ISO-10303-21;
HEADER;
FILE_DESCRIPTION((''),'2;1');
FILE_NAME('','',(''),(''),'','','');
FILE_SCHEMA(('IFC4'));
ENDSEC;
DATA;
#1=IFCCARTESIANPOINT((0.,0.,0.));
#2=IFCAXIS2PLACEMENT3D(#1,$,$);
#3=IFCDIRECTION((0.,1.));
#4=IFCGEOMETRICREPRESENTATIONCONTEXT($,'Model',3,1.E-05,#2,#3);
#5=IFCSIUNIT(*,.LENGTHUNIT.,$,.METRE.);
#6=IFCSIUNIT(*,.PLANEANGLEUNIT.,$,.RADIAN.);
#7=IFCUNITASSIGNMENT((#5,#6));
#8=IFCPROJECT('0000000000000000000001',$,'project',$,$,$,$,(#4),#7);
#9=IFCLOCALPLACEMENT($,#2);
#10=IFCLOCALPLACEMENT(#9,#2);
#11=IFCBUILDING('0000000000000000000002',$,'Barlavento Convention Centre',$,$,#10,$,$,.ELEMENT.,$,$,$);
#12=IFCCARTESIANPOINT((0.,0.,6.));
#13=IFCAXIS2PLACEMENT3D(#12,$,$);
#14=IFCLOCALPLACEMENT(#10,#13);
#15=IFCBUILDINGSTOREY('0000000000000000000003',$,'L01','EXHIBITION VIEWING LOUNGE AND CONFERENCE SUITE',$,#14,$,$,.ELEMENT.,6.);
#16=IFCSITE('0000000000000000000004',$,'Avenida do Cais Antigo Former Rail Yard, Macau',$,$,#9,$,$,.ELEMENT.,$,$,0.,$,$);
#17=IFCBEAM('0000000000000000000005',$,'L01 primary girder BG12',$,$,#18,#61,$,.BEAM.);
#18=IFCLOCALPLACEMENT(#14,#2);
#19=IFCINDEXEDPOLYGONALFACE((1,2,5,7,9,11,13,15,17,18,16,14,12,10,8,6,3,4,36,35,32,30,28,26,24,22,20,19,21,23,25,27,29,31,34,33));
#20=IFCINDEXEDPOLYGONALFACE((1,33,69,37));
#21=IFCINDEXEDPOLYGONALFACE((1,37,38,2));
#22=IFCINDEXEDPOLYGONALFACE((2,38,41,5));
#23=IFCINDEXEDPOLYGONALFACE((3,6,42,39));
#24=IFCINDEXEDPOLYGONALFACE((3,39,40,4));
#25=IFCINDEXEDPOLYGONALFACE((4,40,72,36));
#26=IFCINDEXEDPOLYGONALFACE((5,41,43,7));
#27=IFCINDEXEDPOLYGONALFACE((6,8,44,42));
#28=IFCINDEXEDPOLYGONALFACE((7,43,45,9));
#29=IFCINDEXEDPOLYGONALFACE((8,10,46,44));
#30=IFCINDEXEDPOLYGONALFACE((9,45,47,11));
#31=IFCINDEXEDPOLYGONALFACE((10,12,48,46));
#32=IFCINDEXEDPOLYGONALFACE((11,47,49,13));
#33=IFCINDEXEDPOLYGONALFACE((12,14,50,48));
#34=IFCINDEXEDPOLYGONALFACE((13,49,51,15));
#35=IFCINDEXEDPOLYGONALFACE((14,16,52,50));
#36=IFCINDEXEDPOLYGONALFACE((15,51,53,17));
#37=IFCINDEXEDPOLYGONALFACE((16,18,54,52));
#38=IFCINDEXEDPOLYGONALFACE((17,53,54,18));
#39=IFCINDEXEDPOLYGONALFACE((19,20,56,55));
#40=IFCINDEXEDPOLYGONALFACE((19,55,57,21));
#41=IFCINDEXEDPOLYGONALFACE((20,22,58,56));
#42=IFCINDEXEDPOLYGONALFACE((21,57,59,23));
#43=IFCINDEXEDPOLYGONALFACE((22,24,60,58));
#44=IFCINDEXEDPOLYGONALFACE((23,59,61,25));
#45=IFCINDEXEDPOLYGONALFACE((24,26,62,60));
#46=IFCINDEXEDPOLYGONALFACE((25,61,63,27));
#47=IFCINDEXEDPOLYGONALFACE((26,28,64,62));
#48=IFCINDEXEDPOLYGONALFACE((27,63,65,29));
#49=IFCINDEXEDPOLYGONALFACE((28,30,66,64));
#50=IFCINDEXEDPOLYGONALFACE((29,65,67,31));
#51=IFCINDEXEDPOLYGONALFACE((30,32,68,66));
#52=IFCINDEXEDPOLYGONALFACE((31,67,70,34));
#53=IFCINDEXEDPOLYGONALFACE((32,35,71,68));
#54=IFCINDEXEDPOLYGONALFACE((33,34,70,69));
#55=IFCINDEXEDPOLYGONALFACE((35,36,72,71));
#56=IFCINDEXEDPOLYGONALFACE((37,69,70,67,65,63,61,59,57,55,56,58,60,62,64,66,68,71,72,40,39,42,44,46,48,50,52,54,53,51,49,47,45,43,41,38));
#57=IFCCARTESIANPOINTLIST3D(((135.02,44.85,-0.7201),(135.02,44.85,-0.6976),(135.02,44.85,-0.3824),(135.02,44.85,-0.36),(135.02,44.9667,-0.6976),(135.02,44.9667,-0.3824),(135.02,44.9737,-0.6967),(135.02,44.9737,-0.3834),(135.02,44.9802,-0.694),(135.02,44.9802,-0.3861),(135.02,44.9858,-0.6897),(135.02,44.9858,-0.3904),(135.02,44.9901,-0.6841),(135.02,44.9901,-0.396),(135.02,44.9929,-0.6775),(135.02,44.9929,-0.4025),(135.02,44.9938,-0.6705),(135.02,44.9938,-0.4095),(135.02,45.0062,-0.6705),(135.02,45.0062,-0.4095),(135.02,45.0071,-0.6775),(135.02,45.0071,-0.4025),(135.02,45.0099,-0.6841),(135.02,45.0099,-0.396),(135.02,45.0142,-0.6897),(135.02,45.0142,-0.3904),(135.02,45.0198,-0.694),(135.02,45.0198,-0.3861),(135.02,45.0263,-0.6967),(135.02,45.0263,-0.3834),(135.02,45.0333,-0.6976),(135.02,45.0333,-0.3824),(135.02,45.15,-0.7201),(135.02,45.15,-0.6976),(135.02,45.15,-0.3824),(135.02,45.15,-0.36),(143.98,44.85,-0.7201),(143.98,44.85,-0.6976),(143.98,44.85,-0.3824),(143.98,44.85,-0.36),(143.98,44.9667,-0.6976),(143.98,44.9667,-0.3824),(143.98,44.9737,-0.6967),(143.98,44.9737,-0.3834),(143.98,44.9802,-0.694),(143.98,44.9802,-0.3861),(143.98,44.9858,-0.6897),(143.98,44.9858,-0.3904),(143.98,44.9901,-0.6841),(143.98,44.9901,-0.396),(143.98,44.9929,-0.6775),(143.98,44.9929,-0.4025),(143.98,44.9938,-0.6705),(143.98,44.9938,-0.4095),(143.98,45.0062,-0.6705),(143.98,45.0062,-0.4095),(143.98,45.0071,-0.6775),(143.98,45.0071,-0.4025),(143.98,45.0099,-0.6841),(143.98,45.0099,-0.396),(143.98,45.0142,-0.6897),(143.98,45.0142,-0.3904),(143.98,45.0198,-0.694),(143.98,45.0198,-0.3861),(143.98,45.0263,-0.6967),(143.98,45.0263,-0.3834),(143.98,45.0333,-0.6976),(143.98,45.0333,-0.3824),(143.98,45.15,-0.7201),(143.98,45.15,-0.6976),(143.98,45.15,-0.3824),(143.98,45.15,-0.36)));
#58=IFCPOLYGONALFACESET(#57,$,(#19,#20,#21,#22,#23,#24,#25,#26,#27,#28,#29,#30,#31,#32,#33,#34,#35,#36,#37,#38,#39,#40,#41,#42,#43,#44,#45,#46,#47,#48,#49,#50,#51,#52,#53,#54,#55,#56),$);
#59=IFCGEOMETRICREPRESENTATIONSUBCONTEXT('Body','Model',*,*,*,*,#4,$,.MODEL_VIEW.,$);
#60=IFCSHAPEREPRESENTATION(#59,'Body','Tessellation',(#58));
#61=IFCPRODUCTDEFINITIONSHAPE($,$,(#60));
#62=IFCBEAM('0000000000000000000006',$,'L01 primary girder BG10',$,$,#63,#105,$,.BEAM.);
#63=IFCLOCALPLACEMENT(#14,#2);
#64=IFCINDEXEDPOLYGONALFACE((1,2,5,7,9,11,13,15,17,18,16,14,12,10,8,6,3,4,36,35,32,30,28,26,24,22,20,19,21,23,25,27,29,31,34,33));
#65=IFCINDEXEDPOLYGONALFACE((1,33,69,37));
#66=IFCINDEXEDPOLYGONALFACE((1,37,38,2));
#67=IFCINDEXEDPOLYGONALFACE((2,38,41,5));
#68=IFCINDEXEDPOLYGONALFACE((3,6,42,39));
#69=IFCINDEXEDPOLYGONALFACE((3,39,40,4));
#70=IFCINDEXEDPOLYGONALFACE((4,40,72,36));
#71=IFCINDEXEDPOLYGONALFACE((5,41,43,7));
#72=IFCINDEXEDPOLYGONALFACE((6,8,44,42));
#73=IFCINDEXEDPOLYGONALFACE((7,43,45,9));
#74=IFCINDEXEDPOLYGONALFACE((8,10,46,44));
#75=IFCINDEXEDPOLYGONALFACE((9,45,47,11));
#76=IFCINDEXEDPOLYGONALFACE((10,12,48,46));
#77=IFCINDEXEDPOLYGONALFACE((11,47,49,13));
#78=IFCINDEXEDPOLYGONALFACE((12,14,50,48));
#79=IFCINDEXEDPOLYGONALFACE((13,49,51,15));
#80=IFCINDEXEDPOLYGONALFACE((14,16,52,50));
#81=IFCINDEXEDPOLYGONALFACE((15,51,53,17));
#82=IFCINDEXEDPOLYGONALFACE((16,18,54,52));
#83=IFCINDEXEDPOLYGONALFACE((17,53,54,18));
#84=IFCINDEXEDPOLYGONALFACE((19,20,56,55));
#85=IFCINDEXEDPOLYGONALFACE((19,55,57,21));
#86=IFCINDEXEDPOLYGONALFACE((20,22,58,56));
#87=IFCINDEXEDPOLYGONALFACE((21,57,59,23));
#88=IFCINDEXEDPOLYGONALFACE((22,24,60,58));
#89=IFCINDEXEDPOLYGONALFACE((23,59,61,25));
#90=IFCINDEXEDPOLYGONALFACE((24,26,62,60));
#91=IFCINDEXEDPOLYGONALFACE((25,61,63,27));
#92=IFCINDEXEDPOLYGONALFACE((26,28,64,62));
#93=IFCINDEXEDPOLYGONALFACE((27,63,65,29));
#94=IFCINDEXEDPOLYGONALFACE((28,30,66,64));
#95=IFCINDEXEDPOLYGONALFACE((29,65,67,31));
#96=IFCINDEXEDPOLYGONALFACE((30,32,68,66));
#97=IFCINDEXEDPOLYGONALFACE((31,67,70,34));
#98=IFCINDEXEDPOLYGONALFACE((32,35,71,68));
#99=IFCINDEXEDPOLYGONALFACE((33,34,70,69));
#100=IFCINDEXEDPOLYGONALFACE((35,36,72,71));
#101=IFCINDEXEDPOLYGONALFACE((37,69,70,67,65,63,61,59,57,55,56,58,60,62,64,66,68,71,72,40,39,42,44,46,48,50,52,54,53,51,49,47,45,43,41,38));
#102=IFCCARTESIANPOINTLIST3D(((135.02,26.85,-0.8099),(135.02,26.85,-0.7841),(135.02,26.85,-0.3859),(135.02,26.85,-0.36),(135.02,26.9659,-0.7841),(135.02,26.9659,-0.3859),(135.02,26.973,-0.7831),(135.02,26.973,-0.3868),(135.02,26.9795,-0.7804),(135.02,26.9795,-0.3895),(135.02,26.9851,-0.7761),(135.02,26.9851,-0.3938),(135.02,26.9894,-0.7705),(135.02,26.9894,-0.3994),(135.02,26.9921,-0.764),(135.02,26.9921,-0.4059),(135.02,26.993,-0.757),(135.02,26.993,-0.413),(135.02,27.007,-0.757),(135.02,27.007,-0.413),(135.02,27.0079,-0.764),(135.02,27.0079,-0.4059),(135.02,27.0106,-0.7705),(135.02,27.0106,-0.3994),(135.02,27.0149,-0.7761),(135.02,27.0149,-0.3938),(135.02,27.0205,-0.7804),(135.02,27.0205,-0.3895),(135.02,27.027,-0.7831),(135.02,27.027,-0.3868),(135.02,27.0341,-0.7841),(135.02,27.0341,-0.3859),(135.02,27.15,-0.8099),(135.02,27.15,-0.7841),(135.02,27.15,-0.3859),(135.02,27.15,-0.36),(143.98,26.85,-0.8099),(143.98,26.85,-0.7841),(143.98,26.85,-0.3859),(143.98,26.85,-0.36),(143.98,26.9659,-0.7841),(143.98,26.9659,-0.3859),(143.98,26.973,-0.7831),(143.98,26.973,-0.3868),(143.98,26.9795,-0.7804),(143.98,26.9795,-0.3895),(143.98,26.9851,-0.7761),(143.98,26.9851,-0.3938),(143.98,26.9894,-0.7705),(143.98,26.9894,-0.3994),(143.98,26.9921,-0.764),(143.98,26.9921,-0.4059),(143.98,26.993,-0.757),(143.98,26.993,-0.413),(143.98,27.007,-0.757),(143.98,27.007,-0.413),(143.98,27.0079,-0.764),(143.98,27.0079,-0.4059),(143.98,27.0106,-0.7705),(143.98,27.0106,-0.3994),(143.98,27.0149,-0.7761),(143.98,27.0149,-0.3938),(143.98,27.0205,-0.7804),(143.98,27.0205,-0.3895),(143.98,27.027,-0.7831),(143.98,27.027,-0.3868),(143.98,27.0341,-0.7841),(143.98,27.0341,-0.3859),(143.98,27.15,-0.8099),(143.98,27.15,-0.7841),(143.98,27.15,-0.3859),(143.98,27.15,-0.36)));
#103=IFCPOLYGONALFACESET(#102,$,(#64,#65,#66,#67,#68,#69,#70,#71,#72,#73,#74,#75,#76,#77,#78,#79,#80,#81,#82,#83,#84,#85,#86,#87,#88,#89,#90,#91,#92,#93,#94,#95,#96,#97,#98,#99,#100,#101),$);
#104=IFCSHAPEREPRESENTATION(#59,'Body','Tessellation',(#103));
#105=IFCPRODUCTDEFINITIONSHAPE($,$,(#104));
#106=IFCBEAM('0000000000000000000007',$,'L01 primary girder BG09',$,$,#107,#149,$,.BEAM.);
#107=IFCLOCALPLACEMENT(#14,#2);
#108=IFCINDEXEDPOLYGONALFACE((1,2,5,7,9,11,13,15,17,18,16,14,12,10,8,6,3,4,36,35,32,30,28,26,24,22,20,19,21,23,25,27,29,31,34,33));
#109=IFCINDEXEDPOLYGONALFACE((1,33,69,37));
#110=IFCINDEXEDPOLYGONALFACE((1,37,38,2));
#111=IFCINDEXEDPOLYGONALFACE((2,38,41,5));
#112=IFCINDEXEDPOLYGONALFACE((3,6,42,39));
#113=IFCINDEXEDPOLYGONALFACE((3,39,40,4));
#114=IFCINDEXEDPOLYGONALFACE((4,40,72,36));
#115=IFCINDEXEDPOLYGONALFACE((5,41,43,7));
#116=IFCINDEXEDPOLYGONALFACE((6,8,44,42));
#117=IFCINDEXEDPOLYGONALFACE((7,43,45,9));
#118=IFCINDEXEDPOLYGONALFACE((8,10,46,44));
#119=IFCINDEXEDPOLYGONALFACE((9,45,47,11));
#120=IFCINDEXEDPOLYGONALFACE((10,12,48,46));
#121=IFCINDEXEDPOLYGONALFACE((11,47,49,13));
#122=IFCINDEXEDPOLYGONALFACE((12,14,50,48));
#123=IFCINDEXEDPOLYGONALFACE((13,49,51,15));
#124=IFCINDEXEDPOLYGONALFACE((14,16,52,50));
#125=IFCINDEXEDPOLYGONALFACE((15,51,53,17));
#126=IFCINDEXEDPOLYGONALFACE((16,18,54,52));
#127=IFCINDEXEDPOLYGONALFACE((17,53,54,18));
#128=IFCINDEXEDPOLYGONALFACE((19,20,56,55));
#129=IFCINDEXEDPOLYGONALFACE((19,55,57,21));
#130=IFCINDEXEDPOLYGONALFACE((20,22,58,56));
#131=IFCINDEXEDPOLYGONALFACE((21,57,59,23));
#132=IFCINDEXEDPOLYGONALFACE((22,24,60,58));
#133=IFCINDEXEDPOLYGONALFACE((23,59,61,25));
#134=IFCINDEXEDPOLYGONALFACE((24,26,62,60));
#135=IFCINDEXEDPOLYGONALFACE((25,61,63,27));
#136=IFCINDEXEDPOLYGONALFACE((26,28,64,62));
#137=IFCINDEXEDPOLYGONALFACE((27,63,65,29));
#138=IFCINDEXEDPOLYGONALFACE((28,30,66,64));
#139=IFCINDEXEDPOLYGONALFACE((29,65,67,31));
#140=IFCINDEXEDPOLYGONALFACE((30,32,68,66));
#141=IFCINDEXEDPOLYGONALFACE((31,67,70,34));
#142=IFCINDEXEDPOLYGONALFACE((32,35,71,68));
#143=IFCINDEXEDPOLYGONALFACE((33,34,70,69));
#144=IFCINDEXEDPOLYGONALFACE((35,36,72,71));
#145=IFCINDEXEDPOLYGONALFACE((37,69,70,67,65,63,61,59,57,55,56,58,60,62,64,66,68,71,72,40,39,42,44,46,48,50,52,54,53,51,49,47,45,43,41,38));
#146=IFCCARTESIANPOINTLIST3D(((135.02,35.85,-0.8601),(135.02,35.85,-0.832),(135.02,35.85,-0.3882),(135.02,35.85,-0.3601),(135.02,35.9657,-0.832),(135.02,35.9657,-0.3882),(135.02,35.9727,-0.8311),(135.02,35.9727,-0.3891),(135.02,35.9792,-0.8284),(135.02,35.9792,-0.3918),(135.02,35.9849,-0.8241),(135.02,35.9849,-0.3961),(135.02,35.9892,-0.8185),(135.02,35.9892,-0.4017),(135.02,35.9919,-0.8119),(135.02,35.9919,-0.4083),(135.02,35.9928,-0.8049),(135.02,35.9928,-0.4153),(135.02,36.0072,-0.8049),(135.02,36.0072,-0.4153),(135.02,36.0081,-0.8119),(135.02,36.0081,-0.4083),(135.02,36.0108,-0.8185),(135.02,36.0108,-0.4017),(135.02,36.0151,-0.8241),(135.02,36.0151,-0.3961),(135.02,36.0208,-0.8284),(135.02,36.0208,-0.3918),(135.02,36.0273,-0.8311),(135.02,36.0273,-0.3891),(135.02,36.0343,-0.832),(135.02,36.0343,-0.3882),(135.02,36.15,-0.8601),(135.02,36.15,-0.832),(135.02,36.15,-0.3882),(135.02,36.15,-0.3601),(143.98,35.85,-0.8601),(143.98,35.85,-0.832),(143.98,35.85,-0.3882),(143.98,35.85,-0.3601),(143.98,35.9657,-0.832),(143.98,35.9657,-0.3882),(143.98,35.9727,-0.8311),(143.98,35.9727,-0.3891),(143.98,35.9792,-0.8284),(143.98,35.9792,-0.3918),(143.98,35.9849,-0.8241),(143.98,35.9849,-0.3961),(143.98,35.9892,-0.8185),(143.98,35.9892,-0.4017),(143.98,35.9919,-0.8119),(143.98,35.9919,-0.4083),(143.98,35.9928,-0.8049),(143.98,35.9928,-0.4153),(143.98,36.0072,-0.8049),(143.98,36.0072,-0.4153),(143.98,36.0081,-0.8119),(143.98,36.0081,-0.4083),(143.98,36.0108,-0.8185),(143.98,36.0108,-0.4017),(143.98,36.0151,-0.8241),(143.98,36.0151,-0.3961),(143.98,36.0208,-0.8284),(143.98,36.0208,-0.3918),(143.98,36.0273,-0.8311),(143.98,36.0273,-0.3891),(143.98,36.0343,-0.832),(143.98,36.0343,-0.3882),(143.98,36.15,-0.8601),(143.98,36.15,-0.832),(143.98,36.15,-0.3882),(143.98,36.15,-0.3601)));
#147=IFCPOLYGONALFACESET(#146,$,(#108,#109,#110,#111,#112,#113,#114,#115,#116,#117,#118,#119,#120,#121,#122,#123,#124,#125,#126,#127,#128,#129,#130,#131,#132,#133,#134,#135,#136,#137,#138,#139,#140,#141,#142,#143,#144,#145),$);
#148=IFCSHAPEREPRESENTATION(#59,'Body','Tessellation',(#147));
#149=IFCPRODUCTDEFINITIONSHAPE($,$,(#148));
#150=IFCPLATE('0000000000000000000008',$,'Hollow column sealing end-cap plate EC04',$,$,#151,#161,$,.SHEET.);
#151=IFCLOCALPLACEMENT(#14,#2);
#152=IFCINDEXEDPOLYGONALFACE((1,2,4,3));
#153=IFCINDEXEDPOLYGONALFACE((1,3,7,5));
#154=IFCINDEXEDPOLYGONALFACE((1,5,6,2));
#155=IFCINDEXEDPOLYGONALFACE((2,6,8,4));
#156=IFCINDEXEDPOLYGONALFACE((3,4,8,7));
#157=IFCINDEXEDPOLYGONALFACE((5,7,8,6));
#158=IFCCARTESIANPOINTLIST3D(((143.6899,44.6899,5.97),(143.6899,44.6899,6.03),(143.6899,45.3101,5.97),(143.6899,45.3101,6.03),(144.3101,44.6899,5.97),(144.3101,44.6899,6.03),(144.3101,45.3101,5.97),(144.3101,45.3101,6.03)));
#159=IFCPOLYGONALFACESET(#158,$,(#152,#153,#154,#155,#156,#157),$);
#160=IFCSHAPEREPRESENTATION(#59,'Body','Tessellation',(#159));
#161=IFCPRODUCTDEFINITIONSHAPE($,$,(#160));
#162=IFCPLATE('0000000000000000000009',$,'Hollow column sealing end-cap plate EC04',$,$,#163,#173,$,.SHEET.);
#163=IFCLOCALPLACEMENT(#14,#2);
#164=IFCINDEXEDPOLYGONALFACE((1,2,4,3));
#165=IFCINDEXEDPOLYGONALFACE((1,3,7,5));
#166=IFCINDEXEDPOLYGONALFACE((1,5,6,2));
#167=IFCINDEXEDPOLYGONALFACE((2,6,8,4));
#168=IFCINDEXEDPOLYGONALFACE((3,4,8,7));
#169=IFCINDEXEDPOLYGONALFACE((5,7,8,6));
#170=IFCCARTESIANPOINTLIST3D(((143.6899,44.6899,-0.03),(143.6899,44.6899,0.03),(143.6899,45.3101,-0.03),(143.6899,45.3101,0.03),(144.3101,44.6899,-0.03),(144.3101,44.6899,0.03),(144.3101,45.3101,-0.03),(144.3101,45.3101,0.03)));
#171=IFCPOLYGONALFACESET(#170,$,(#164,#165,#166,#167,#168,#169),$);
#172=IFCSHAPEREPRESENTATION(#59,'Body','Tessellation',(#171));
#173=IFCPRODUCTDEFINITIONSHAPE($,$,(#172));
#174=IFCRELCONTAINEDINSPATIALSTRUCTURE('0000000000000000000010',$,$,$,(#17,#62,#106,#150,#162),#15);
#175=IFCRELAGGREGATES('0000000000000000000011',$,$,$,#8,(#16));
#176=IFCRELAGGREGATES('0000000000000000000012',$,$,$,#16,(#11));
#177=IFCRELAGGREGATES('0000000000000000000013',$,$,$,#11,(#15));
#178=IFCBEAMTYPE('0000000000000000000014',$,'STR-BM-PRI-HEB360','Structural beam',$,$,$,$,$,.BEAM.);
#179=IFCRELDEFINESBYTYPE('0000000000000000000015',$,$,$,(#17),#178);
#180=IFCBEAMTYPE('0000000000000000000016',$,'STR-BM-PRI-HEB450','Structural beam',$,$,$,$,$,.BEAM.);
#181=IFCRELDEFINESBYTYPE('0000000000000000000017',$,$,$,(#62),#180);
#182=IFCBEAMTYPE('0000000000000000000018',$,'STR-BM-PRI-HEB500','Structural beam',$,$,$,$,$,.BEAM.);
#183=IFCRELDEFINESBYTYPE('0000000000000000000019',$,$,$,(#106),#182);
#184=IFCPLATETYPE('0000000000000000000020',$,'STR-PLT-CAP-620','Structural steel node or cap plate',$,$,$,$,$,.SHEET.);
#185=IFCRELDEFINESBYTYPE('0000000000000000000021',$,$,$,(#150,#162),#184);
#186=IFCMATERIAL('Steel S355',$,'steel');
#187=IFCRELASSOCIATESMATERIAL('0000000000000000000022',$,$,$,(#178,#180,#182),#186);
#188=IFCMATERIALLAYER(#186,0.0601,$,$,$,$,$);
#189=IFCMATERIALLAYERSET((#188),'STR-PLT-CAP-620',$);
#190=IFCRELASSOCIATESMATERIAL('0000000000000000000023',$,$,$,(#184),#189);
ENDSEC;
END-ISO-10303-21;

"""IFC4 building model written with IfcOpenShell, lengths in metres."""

from ifc_helpers import new_model, si_unit, direction, frame, origin, origin_2d, place, context, subcontext, project, spatial, rectangle, i_section, extrude, material, layer, layer_set, material_profile, profile_set, type_object, element, save


model = new_model("IFC4")

# Units and contexts
model_context = context("Model", 3, precision=1e-05, world=origin(), true_north=direction((0.0, 1.0)))
body_context = subcontext(model_context, "Body", "Model", "MODEL_VIEW")
ifc_project = project(units=[si_unit("LENGTHUNIT", "METRE"), si_unit("PLANEANGLEUNIT", "RADIAN")], contexts=[model_context])

# Site, building, storey
site_placement = place(None, origin())
site = spatial("IfcSite", under=ifc_project, at=site_placement, Name="Avenida do Cais Antigo Former Rail Yard, Macau", CompositionType="ELEMENT", RefElevation=0.0)
building_placement = place(site_placement, origin())
building = spatial("IfcBuilding", under=site, at=building_placement, Name="Barlavento Convention Centre", CompositionType="ELEMENT")
storey_placement = place(building_placement, frame((0.0, 0.0, 6.0)))
storey = spatial("IfcBuildingStorey", under=building, at=storey_placement, Name="L01", Description="EXHIBITION VIEWING LOUNGE AND CONFERENCE SUITE", CompositionType="ELEMENT", Elevation=6.0)

# Shared definitions
ifc_material_1 = material(Name="Steel S355", Category="steel")

# Beams
ifc_material_profile_1 = material_profile(ifc_material_1, i_section(OverallWidth=0.3, OverallDepth=0.3601, WebThickness=0.0125, FlangeThickness=0.0225, FilletRadius=0.0271, at=origin_2d()), Name="HEB 360")
ifc_profile_set_1 = profile_set([ifc_material_profile_1], Name="Steel S355")
beam_type_1 = type_object("IfcBeamType", Name="STR-BM-PRI-HEB360", Description="Structural beam", PredefinedType="BEAM", material=ifc_profile_set_1)
beam_1_placement = place(storey_placement, frame((135.02, 45.0, -0.54), z_axis=(1.0, 0.0, 0.0), x_axis=(0.0, 1.0, 0.0)))
element("IfcBeam", 1, at=beam_1_placement, inside=storey, type_object=beam_type_1, Name="L01 primary girder BG12", PredefinedType="BEAM", context=body_context, shape_type="SweptSolid", body=[
    extrude(i_section(OverallWidth=0.3, OverallDepth=0.3601, WebThickness=0.0125, FlangeThickness=0.0225, FilletRadius=0.0271, at=origin_2d()), origin(), (0.0, 0.0, 1.0), 8.96),
])
ifc_material_profile_2 = material_profile(ifc_material_1, i_section(OverallWidth=0.3, OverallDepth=0.45, WebThickness=0.0139, FlangeThickness=0.0259, FilletRadius=0.0271, at=origin_2d()), Name="HEB 450")
ifc_profile_set_2 = profile_set([ifc_material_profile_2], Name="Steel S355")
beam_type_2 = type_object("IfcBeamType", Name="STR-BM-PRI-HEB450", Description="Structural beam", PredefinedType="BEAM", material=ifc_profile_set_2)
beam_2_placement = place(storey_placement, frame((135.02, 27.0, -0.585), z_axis=(1.0, 0.0, 0.0), x_axis=(0.0, 1.0, 0.0)))
element("IfcBeam", 2, at=beam_2_placement, inside=storey, type_object=beam_type_2, Name="L01 primary girder BG10", PredefinedType="BEAM", context=body_context, shape_type="SweptSolid", body=[
    extrude(i_section(OverallWidth=0.3, OverallDepth=0.45, WebThickness=0.0139, FlangeThickness=0.0259, FilletRadius=0.0271, at=origin_2d()), origin(), (0.0, 0.0, 1.0), 8.96),
])
ifc_material_profile_3 = material_profile(ifc_material_1, i_section(OverallWidth=0.3, OverallDepth=0.5, WebThickness=0.0144, FlangeThickness=0.0281, FilletRadius=0.0271, at=origin_2d()), Name="HEB 500")
ifc_profile_set_3 = profile_set([ifc_material_profile_3], Name="Steel S355")
beam_type_3 = type_object("IfcBeamType", Name="STR-BM-PRI-HEB500", Description="Structural beam", PredefinedType="BEAM", material=ifc_profile_set_3)
beam_3_placement = place(storey_placement, frame((135.02, 36.0, -0.6101), z_axis=(1.0, 0.0, 0.0), x_axis=(0.0, 1.0, 0.0)))
element("IfcBeam", 3, at=beam_3_placement, inside=storey, type_object=beam_type_3, Name="L01 primary girder BG09", PredefinedType="BEAM", context=body_context, shape_type="SweptSolid", body=[
    extrude(i_section(OverallWidth=0.3, OverallDepth=0.5, WebThickness=0.0144, FlangeThickness=0.0281, FilletRadius=0.0271, at=origin_2d()), origin(), (0.0, 0.0, 1.0), 8.96),
])

# Plates
ifc_layer = layer(ifc_material_1, 0.0601)
ifc_layer_set = layer_set([ifc_layer], Name="STR-PLT-CAP-620")
plate_type = type_object("IfcPlateType", Name="STR-PLT-CAP-620", Description="Structural steel node or cap plate", PredefinedType="SHEET", material=ifc_layer_set)
for number, where, z_axis, x_axis, name in (
    (4, (144.0, 45.0, 5.97), (0.0, 0.0, 1.0), (1.0, 0.0, 0.0), "Hollow column sealing end-cap plate EC04"),
    (5, (144.0, 45.0, -0.03), (0.0, 0.0, 1.0), (1.0, 0.0, 0.0), "Hollow column sealing end-cap plate EC04"),
):
    element("IfcPlate", number, at=place(storey_placement, frame(where, z_axis=z_axis, x_axis=x_axis)), inside=storey, type_object=plate_type, Name=name, PredefinedType="SHEET", context=body_context, shape_type="SweptSolid", body=[
        extrude(rectangle(XDim=0.6201, YDim=0.6201, at=origin_2d()), origin(), (0.0, 0.0, 1.0), 0.0601),
    ])

save(model, "model.ifc")
